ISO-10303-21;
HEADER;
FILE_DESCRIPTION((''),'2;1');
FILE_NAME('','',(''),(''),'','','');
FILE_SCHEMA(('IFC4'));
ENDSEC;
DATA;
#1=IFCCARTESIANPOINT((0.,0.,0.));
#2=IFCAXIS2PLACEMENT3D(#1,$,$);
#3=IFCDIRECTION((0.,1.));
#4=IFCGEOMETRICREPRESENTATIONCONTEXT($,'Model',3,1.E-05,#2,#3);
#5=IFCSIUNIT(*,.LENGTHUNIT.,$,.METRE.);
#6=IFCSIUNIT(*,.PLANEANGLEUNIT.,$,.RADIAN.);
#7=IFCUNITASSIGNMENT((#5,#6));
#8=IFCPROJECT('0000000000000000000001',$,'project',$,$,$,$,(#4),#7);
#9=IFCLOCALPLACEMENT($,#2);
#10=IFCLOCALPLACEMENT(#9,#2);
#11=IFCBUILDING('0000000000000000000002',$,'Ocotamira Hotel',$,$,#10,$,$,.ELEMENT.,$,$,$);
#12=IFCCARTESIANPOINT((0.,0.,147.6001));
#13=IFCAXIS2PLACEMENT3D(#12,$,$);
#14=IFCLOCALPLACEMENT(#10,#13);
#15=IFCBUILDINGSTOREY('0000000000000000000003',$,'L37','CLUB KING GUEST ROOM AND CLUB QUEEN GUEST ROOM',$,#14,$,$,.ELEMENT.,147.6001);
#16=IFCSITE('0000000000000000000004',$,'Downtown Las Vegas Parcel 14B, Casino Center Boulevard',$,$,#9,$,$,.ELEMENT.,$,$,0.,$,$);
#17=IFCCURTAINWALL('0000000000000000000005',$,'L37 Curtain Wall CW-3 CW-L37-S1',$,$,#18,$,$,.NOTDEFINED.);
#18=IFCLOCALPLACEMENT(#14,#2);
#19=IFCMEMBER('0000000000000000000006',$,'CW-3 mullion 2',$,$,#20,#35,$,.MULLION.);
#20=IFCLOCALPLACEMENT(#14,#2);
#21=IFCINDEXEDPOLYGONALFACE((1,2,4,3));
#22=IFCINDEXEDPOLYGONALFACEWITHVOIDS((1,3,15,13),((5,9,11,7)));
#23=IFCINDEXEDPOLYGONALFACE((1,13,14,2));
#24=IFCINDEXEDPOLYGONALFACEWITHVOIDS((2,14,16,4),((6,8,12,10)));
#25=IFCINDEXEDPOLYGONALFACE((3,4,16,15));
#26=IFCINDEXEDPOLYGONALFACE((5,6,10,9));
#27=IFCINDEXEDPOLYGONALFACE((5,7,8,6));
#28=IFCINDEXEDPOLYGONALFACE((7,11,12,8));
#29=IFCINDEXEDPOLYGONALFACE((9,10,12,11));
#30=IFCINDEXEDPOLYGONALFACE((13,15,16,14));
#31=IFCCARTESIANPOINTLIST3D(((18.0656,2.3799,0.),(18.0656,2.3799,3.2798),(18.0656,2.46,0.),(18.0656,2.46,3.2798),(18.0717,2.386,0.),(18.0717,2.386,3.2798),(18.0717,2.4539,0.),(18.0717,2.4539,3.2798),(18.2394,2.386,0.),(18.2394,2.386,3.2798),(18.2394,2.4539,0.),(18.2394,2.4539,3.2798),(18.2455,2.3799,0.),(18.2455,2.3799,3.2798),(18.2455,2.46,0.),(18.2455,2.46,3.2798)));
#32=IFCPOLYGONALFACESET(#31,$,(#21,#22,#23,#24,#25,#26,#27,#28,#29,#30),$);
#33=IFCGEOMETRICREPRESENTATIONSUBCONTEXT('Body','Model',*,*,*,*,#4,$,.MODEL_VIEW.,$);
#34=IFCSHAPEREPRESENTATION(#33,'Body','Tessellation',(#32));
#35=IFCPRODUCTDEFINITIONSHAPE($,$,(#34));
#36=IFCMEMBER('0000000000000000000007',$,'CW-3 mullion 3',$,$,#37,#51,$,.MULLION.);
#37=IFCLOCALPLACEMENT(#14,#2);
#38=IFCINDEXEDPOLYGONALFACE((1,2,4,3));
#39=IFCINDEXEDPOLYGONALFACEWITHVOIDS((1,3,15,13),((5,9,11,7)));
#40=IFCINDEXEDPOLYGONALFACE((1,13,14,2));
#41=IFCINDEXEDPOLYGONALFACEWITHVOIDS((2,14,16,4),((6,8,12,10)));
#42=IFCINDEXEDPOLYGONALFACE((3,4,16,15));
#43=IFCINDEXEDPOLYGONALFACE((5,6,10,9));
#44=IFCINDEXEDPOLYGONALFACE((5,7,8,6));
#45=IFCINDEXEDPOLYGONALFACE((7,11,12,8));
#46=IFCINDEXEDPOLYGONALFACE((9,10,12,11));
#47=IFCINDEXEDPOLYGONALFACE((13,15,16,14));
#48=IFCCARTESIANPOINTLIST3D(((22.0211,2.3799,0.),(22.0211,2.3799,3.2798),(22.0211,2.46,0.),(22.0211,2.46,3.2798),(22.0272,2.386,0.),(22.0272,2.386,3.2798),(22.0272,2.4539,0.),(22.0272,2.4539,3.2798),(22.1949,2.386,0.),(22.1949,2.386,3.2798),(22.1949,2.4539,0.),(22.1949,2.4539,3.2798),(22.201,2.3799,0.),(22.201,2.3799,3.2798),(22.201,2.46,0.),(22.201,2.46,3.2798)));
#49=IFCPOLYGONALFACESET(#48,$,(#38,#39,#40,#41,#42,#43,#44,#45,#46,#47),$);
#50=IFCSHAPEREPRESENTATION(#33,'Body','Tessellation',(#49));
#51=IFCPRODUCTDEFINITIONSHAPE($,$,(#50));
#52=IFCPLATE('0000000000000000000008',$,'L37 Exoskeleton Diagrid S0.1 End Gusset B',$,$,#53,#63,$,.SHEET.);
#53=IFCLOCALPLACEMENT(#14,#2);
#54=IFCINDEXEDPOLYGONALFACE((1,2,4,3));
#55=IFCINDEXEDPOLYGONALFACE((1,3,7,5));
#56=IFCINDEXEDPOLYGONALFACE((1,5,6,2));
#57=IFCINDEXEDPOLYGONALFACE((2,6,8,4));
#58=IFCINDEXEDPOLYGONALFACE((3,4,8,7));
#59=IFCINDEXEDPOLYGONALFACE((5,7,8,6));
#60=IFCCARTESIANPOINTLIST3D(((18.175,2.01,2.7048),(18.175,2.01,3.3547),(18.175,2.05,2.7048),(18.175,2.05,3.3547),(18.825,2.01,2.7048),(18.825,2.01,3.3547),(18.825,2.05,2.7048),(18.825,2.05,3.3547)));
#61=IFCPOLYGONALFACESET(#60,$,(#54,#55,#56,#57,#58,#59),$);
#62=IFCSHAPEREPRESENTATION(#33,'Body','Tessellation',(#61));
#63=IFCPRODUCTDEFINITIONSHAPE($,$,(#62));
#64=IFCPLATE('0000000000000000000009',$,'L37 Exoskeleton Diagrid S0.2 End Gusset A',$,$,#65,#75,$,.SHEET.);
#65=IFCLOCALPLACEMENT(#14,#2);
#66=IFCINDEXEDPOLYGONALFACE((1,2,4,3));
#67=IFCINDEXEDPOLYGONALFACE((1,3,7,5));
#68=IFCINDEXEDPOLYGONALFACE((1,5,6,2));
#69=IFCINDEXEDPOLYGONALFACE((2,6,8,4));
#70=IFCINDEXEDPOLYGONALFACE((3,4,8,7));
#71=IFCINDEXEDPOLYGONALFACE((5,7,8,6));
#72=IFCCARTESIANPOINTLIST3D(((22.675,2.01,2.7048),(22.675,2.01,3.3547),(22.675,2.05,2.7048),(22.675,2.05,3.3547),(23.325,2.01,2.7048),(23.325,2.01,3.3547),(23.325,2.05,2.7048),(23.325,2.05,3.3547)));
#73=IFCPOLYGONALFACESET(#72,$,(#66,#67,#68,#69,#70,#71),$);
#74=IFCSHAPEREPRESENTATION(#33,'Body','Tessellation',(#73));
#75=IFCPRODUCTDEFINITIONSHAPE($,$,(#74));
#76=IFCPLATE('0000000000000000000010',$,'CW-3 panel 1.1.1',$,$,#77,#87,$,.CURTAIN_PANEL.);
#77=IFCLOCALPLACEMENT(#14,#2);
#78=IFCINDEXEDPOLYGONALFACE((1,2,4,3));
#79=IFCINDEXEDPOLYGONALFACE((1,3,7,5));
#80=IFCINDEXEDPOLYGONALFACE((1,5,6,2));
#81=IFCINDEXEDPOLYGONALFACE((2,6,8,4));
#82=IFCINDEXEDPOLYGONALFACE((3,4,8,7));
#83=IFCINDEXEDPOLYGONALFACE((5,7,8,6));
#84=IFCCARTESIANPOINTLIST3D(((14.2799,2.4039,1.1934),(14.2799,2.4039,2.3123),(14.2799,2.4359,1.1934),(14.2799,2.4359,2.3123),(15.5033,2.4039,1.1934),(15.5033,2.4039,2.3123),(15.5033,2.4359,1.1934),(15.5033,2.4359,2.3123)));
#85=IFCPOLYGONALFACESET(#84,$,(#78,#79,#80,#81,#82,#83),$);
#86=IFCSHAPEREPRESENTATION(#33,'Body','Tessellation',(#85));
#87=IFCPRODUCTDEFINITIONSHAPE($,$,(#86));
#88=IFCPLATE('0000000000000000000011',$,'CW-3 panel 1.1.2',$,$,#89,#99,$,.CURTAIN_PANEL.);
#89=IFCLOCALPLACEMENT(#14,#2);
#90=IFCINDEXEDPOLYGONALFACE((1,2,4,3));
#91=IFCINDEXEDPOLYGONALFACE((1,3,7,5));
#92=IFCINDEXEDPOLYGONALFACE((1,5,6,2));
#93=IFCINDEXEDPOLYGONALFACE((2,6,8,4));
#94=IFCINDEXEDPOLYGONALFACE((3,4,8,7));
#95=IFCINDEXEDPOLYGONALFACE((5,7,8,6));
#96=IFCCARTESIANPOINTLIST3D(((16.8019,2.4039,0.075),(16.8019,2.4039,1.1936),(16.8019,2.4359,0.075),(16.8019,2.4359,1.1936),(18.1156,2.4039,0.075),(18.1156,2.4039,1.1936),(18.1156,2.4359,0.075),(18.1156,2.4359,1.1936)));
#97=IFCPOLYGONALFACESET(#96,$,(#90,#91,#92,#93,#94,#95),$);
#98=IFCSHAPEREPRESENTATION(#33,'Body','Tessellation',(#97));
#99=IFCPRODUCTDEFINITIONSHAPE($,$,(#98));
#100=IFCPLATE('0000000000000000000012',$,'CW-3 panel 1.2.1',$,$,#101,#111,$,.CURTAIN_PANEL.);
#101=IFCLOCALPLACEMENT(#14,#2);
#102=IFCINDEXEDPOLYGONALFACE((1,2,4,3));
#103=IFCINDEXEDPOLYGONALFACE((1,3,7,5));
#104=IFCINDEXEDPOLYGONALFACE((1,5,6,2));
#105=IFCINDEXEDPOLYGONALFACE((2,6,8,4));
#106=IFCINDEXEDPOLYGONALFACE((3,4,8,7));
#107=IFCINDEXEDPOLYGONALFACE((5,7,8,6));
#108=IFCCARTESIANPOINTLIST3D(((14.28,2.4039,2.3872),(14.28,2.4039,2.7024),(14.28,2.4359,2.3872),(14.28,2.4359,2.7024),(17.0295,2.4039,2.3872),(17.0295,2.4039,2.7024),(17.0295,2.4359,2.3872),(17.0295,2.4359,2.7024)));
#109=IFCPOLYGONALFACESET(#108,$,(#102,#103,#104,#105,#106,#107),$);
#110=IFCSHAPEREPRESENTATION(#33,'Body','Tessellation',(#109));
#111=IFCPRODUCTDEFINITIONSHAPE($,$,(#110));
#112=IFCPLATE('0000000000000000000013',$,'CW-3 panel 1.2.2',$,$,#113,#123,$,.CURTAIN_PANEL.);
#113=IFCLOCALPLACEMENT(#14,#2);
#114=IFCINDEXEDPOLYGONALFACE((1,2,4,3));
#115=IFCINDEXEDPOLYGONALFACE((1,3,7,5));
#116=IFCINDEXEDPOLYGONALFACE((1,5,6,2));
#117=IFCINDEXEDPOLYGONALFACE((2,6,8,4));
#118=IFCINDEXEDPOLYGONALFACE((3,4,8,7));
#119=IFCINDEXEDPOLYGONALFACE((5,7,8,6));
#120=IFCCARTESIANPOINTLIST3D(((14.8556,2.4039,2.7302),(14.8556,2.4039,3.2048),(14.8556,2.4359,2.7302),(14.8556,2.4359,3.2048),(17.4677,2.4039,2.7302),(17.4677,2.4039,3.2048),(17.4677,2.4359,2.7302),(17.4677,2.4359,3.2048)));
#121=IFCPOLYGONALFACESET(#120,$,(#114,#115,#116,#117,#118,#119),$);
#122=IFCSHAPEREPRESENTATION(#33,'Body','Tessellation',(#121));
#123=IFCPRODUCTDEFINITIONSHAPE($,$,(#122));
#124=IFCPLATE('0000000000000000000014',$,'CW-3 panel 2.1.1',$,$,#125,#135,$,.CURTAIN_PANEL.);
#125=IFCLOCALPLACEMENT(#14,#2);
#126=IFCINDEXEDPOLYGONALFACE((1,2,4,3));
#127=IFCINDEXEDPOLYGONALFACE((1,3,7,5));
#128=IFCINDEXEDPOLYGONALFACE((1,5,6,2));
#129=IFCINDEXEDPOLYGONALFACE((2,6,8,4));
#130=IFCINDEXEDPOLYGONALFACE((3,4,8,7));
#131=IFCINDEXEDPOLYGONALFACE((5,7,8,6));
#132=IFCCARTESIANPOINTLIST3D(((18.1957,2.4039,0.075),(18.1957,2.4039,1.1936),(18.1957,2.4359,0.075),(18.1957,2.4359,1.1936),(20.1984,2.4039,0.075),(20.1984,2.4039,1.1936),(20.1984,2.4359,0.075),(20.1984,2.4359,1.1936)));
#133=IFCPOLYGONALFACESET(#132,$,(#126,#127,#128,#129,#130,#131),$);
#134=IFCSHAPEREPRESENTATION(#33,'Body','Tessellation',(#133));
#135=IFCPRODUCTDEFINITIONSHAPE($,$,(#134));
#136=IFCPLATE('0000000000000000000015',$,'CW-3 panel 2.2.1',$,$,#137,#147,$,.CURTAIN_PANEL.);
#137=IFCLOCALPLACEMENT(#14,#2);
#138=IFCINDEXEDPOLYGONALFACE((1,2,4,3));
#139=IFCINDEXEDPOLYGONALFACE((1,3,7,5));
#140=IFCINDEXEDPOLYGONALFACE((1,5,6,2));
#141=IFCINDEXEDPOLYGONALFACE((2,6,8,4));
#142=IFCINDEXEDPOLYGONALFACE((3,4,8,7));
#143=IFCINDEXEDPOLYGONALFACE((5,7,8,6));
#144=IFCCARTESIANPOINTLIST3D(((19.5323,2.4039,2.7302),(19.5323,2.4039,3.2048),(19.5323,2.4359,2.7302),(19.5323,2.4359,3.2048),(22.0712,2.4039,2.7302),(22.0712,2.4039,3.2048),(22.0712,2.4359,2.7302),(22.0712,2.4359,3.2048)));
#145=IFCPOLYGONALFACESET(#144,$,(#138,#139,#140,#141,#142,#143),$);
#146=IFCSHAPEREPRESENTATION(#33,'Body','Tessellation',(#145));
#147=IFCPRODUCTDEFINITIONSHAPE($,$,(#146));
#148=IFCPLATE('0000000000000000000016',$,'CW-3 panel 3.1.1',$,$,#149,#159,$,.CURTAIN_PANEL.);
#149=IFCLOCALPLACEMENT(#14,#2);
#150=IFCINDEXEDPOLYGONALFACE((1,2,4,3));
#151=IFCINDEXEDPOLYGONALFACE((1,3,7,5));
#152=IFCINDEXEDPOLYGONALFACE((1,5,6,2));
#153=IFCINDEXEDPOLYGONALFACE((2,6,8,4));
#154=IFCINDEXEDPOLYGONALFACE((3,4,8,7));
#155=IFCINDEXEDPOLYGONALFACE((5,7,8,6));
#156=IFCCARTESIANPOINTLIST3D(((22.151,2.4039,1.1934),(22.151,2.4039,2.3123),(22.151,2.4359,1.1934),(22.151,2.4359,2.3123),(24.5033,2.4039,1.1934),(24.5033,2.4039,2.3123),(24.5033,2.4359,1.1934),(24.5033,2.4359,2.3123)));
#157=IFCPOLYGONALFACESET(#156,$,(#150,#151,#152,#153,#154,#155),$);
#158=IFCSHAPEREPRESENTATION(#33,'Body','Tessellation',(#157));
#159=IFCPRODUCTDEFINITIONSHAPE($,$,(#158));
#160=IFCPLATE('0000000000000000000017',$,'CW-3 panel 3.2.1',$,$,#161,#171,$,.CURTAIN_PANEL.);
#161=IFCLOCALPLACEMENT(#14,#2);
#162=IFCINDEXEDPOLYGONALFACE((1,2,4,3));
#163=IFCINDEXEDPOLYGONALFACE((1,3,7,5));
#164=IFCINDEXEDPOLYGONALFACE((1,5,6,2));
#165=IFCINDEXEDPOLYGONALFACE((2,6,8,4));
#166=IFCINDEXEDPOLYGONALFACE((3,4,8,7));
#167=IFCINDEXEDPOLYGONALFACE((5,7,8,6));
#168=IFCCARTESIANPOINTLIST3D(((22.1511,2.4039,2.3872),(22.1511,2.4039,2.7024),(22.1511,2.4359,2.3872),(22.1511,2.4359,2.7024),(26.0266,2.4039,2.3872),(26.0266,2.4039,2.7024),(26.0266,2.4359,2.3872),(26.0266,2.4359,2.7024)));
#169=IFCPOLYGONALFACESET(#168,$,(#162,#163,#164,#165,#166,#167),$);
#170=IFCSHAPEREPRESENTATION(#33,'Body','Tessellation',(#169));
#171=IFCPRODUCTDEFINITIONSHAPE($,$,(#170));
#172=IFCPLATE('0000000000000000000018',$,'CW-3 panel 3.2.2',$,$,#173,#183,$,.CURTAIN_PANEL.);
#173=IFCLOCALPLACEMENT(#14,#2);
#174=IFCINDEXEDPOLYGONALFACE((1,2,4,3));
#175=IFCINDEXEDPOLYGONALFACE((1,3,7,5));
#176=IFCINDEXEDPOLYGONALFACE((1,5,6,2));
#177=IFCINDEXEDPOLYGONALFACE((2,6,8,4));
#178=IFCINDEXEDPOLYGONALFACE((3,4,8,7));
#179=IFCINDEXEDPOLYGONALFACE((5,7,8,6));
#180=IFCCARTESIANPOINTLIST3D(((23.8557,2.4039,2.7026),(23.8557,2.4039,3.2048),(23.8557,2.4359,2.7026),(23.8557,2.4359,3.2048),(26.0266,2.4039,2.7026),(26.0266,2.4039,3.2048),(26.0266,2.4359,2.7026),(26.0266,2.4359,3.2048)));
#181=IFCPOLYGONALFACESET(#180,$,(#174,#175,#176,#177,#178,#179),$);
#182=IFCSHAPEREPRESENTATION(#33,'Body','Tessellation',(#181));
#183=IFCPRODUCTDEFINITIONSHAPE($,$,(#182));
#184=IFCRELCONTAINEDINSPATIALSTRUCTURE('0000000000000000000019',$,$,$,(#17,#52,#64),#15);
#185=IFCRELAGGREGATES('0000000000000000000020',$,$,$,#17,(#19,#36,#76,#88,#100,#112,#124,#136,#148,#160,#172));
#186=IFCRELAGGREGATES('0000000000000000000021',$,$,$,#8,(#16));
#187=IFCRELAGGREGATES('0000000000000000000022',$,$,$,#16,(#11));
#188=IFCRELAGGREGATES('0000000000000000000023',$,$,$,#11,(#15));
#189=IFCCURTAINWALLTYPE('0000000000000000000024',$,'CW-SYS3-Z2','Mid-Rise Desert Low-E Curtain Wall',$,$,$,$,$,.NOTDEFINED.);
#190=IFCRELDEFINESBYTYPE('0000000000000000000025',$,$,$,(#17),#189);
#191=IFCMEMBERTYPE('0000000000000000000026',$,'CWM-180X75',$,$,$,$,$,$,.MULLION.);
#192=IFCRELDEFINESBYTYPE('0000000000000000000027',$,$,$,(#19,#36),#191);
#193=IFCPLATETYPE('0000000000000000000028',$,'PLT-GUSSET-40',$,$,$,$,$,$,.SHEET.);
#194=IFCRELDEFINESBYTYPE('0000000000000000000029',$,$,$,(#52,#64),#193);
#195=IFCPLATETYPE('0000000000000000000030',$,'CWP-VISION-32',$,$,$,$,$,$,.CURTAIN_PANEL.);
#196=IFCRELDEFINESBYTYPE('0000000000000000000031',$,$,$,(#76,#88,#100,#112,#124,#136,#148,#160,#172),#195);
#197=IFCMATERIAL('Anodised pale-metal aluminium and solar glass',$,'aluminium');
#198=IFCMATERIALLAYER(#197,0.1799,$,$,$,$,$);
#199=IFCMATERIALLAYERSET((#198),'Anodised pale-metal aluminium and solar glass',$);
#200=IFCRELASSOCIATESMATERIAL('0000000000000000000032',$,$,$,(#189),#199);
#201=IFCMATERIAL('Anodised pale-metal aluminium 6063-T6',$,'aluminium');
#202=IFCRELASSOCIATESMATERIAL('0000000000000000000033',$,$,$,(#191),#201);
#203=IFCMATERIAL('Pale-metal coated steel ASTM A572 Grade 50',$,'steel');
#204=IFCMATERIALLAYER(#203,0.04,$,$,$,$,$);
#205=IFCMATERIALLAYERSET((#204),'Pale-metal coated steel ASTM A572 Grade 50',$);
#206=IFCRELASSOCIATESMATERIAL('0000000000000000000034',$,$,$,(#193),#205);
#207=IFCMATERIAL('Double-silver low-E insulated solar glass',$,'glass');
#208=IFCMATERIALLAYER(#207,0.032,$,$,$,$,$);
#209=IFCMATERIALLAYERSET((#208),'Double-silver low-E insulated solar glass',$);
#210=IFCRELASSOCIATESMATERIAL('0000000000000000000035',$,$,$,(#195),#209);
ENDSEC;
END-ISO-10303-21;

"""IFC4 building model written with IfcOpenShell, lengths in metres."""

from ifc_helpers import new_model, si_unit, direction, frame, origin, origin_2d, place, context, subcontext, project, spatial, rectangle, hollow_rectangle, extrude, source, transform, mapped, material, layer, layer_set, material_profile, profile_set, type_object, element, aggregate, save


model = new_model("IFC4")

# Units and contexts
model_context = context("Model", 3, precision=1e-05, world=origin(), true_north=direction((0.0, 1.0)))
body_context = subcontext(model_context, "Body", "Model", "MODEL_VIEW")
ifc_project = project(units=[si_unit("LENGTHUNIT", "METRE"), si_unit("PLANEANGLEUNIT", "RADIAN")], contexts=[model_context])

# Site, building, storey
site_placement = place(None, origin())
site = spatial("IfcSite", under=ifc_project, at=site_placement, Name="Downtown Las Vegas Parcel 14B, Casino Center Boulevard", CompositionType="ELEMENT", RefElevation=0.0)
building_placement = place(site_placement, origin())
building = spatial("IfcBuilding", under=site, at=building_placement, Name="Ocotamira Hotel", CompositionType="ELEMENT")
storey_placement = place(building_placement, frame((0.0, 0.0, 147.6001)))
storey = spatial("IfcBuildingStorey", under=building, at=storey_placement, Name="L37", Description="CLUB KING GUEST ROOM AND CLUB QUEEN GUEST ROOM", CompositionType="ELEMENT", Elevation=147.6001)

# Curtain wall, members
ifc_material_1 = material(Name="Anodised pale-metal aluminium and solar glass", Category="aluminium")
ifc_layer_1 = layer(ifc_material_1, 0.1799)
ifc_layer_set_1 = layer_set([ifc_layer_1], Name="Anodised pale-metal aluminium and solar glass")
curtain_wall_type = type_object("IfcCurtainWallType", Name="CW-SYS3-Z2", Description="Mid-Rise Desert Low-E Curtain Wall", PredefinedType="NOTDEFINED", material=ifc_layer_set_1)
curtain_wall_placement = place(storey_placement, origin())
curtain_wall = element("IfcCurtainWall", 1, at=curtain_wall_placement, inside=storey, type_object=curtain_wall_type, Name="L37 Curtain Wall CW-3 CW-L37-S1", PredefinedType="NOTDEFINED")
ifc_material_2 = material(Name="Anodised pale-metal aluminium 6063-T6", Category="aluminium")
ifc_material_profile_1 = material_profile(ifc_material_2, hollow_rectangle(XDim=0.0801, YDim=0.1799, WallThickness=0.0061, at=origin_2d()), Name="HSS180X80X6")
ifc_profile_set_1 = profile_set([ifc_material_profile_1], Name="Anodised pale-metal aluminium 6063-T6")
member_type_1 = type_object("IfcMemberType", Name="CWM-180X75", PredefinedType="MULLION", material=ifc_profile_set_1)
shared_shape_1 = source(origin(), body_context, "Body", "SweptSolid", [
    extrude(hollow_rectangle(XDim=0.0801, YDim=0.1799, WallThickness=0.0061, at=origin_2d()), origin(), (0.0, 0.0, 1.0), 3.2798),
])
member_1_placement = place(storey_placement, frame((18.1555, 2.4199, 0.0), z_axis=(0.0, 0.0, 1.0), x_axis=(0.0, 1.0, 0.0)))
member_1 = element("IfcMember", 2, at=member_1_placement, type_object=member_type_1, Name="CW-3 mullion 2", PredefinedType="MULLION", context=body_context, shape_type="MappedRepresentation", body=[
    mapped(shared_shape_1, transform((0.0, 0.0, 0.0), scale=1.0)),
])
member_2_placement = place(storey_placement, frame((22.1111, 2.4199, 0.0), z_axis=(0.0, 0.0, 1.0), x_axis=(0.0, 1.0, 0.0)))
member_2 = element("IfcMember", 3, at=member_2_placement, type_object=member_type_1, Name="CW-3 mullion 3", PredefinedType="MULLION", context=body_context, shape_type="MappedRepresentation", body=[
    mapped(shared_shape_1, transform((0.0, 0.0, 0.0), scale=1.0)),
])

# Plates
ifc_material_3 = material(Name="Pale-metal coated steel ASTM A572 Grade 50", Category="steel")
ifc_layer_2 = layer(ifc_material_3, 0.04)
ifc_layer_set_2 = layer_set([ifc_layer_2], Name="Pale-metal coated steel ASTM A572 Grade 50")
plate_type_1 = type_object("IfcPlateType", Name="PLT-GUSSET-40", PredefinedType="SHEET", material=ifc_layer_set_2)
shared_shape_2 = source(origin(), body_context, "Body", "SweptSolid", [
    extrude(rectangle(XDim=0.6499, YDim=0.04, at=origin_2d()), origin(), (0.0, 0.0, 1.0), 0.6499),
])
for number, where, z_axis, x_axis, name in (
    (4, (18.5, 2.03, 2.7048), (0.0, 0.0, 1.0), (1.0, 0.0, 0.0), "L37 Exoskeleton Diagrid S0.1 End Gusset B"),
    (5, (23.0, 2.03, 2.7048), (0.0, 0.0, 1.0), (-1.0, 0.0, 0.0), "L37 Exoskeleton Diagrid S0.2 End Gusset A"),
):
    element("IfcPlate", number, at=place(storey_placement, frame(where, z_axis=z_axis, x_axis=x_axis)), inside=storey, type_object=plate_type_1, Name=name, PredefinedType="SHEET", context=body_context, shape_type="MappedRepresentation", body=[
        mapped(shared_shape_2, transform((0.0, 0.0, 0.0), scale=1.0)),
    ])

# Plates
ifc_material_4 = material(Name="Double-silver low-E insulated solar glass", Category="glass")
ifc_layer_3 = layer(ifc_material_4, 0.032)
ifc_layer_set_3 = layer_set([ifc_layer_3], Name="Double-silver low-E insulated solar glass")
plate_type_2 = type_object("IfcPlateType", Name="CWP-VISION-32", PredefinedType="CURTAIN_PANEL", material=ifc_layer_set_3)
shared_shape_3 = source(origin(), body_context, "Body", "SweptSolid", [
    extrude(rectangle(XDim=1.2234, YDim=0.032, at=origin_2d()), origin(), (0.0, 0.0, 1.0), 1.1189),
])
plate_1_placement = place(storey_placement, frame((14.8916, 2.4199, 1.1934), z_axis=(0.0, 0.0, 1.0), x_axis=(1.0, 0.0, 0.0)))
plate_1 = element("IfcPlate", 6, at=plate_1_placement, type_object=plate_type_2, Name="CW-3 panel 1.1.1", PredefinedType="CURTAIN_PANEL", context=body_context, shape_type="MappedRepresentation", body=[
    mapped(shared_shape_3, transform((0.0, 0.0, 0.0), scale=1.0)),
])
shared_shape_4 = source(origin(), body_context, "Body", "SweptSolid", [
    extrude(rectangle(XDim=1.3137, YDim=0.032, at=origin_2d()), origin(), (0.0, 0.0, 1.0), 1.1187),
])
plate_2_placement = place(storey_placement, frame((17.4587, 2.4199, 0.075), z_axis=(0.0, 0.0, 1.0), x_axis=(1.0, 0.0, 0.0)))
plate_2 = element("IfcPlate", 7, at=plate_2_placement, type_object=plate_type_2, Name="CW-3 panel 1.1.2", PredefinedType="CURTAIN_PANEL", context=body_context, shape_type="MappedRepresentation", body=[
    mapped(shared_shape_4, transform((0.0, 0.0, 0.0), scale=1.0)),
])
shared_shape_5 = source(origin(), body_context, "Body", "SweptSolid", [
    extrude(rectangle(XDim=2.7495, YDim=0.032, at=origin_2d()), origin(), (0.0, 0.0, 1.0), 0.3152),
])
plate_3_placement = place(storey_placement, frame((15.6548, 2.4199, 2.3872), z_axis=(0.0, 0.0, 1.0), x_axis=(1.0, 0.0, 0.0)))
plate_3 = element("IfcPlate", 8, at=plate_3_placement, type_object=plate_type_2, Name="CW-3 panel 1.2.1", PredefinedType="CURTAIN_PANEL", context=body_context, shape_type="MappedRepresentation", body=[
    mapped(shared_shape_5, transform((0.0, 0.0, 0.0), scale=1.0)),
])
shared_shape_6 = source(origin(), body_context, "Body", "SweptSolid", [
    extrude(rectangle(XDim=2.6121, YDim=0.032, at=origin_2d()), origin(), (0.0, 0.0, 1.0), 0.4746),
])
plate_4_placement = place(storey_placement, frame((16.1616, 2.4199, 2.7302), z_axis=(0.0, 0.0, 1.0), x_axis=(1.0, 0.0, 0.0)))
plate_4 = element("IfcPlate", 9, at=plate_4_placement, type_object=plate_type_2, Name="CW-3 panel 1.2.2", PredefinedType="CURTAIN_PANEL", context=body_context, shape_type="MappedRepresentation", body=[
    mapped(shared_shape_6, transform((0.0, 0.0, 0.0), scale=1.0)),
])
shared_shape_7 = source(origin(), body_context, "Body", "SweptSolid", [
    extrude(rectangle(XDim=2.0027, YDim=0.032, at=origin_2d()), origin(), (0.0, 0.0, 1.0), 1.1187),
])
plate_5_placement = place(storey_placement, frame((19.197, 2.4199, 0.075), z_axis=(0.0, 0.0, 1.0), x_axis=(1.0, 0.0, 0.0)))
plate_5 = element("IfcPlate", 10, at=plate_5_placement, type_object=plate_type_2, Name="CW-3 panel 2.1.1", PredefinedType="CURTAIN_PANEL", context=body_context, shape_type="MappedRepresentation", body=[
    mapped(shared_shape_7, transform((0.0, 0.0, 0.0), scale=1.0)),
])
shared_shape_8 = source(origin(), body_context, "Body", "SweptSolid", [
    extrude(rectangle(XDim=2.5388, YDim=0.032, at=origin_2d()), origin(), (0.0, 0.0, 1.0), 0.4746),
])
plate_6_placement = place(storey_placement, frame((20.8018, 2.4199, 2.7302), z_axis=(0.0, 0.0, 1.0), x_axis=(1.0, 0.0, 0.0)))
plate_6 = element("IfcPlate", 11, at=plate_6_placement, type_object=plate_type_2, Name="CW-3 panel 2.2.1", PredefinedType="CURTAIN_PANEL", context=body_context, shape_type="MappedRepresentation", body=[
    mapped(shared_shape_8, transform((0.0, 0.0, 0.0), scale=1.0)),
])
shared_shape_9 = source(origin(), body_context, "Body", "SweptSolid", [
    extrude(rectangle(XDim=2.3523, YDim=0.032, at=origin_2d()), origin(), (0.0, 0.0, 1.0), 1.1189),
])
plate_7_placement = place(storey_placement, frame((23.3271, 2.4199, 1.1934), z_axis=(0.0, 0.0, 1.0), x_axis=(1.0, 0.0, 0.0)))
plate_7 = element("IfcPlate", 12, at=plate_7_placement, type_object=plate_type_2, Name="CW-3 panel 3.1.1", PredefinedType="CURTAIN_PANEL", context=body_context, shape_type="MappedRepresentation", body=[
    mapped(shared_shape_9, transform((0.0, 0.0, 0.0), scale=1.0)),
])
shared_shape_10 = source(origin(), body_context, "Body", "SweptSolid", [
    extrude(rectangle(XDim=3.8755, YDim=0.032, at=origin_2d()), origin(), (0.0, 0.0, 1.0), 0.3152),
])
plate_8_placement = place(storey_placement, frame((24.0889, 2.4199, 2.3872), z_axis=(0.0, 0.0, 1.0), x_axis=(1.0, 0.0, 0.0)))
plate_8 = element("IfcPlate", 13, at=plate_8_placement, type_object=plate_type_2, Name="CW-3 panel 3.2.1", PredefinedType="CURTAIN_PANEL", context=body_context, shape_type="MappedRepresentation", body=[
    mapped(shared_shape_10, transform((0.0, 0.0, 0.0), scale=1.0)),
])
shared_shape_11 = source(origin(), body_context, "Body", "SweptSolid", [
    extrude(rectangle(XDim=2.1709, YDim=0.032, at=origin_2d()), origin(), (0.0, 0.0, 1.0), 0.5022),
])
plate_9_placement = place(storey_placement, frame((24.9412, 2.4199, 2.7026), z_axis=(0.0, 0.0, 1.0), x_axis=(1.0, 0.0, 0.0)))
plate_9 = element("IfcPlate", 14, at=plate_9_placement, type_object=plate_type_2, Name="CW-3 panel 3.2.2", PredefinedType="CURTAIN_PANEL", context=body_context, shape_type="MappedRepresentation", body=[
    mapped(shared_shape_11, transform((0.0, 0.0, 0.0), scale=1.0)),
])
aggregate(curtain_wall, [member_1, member_2, plate_1, plate_2, plate_3, plate_4, plate_5, plate_6, plate_7, plate_8, plate_9])

save(model, "model.ifc")
